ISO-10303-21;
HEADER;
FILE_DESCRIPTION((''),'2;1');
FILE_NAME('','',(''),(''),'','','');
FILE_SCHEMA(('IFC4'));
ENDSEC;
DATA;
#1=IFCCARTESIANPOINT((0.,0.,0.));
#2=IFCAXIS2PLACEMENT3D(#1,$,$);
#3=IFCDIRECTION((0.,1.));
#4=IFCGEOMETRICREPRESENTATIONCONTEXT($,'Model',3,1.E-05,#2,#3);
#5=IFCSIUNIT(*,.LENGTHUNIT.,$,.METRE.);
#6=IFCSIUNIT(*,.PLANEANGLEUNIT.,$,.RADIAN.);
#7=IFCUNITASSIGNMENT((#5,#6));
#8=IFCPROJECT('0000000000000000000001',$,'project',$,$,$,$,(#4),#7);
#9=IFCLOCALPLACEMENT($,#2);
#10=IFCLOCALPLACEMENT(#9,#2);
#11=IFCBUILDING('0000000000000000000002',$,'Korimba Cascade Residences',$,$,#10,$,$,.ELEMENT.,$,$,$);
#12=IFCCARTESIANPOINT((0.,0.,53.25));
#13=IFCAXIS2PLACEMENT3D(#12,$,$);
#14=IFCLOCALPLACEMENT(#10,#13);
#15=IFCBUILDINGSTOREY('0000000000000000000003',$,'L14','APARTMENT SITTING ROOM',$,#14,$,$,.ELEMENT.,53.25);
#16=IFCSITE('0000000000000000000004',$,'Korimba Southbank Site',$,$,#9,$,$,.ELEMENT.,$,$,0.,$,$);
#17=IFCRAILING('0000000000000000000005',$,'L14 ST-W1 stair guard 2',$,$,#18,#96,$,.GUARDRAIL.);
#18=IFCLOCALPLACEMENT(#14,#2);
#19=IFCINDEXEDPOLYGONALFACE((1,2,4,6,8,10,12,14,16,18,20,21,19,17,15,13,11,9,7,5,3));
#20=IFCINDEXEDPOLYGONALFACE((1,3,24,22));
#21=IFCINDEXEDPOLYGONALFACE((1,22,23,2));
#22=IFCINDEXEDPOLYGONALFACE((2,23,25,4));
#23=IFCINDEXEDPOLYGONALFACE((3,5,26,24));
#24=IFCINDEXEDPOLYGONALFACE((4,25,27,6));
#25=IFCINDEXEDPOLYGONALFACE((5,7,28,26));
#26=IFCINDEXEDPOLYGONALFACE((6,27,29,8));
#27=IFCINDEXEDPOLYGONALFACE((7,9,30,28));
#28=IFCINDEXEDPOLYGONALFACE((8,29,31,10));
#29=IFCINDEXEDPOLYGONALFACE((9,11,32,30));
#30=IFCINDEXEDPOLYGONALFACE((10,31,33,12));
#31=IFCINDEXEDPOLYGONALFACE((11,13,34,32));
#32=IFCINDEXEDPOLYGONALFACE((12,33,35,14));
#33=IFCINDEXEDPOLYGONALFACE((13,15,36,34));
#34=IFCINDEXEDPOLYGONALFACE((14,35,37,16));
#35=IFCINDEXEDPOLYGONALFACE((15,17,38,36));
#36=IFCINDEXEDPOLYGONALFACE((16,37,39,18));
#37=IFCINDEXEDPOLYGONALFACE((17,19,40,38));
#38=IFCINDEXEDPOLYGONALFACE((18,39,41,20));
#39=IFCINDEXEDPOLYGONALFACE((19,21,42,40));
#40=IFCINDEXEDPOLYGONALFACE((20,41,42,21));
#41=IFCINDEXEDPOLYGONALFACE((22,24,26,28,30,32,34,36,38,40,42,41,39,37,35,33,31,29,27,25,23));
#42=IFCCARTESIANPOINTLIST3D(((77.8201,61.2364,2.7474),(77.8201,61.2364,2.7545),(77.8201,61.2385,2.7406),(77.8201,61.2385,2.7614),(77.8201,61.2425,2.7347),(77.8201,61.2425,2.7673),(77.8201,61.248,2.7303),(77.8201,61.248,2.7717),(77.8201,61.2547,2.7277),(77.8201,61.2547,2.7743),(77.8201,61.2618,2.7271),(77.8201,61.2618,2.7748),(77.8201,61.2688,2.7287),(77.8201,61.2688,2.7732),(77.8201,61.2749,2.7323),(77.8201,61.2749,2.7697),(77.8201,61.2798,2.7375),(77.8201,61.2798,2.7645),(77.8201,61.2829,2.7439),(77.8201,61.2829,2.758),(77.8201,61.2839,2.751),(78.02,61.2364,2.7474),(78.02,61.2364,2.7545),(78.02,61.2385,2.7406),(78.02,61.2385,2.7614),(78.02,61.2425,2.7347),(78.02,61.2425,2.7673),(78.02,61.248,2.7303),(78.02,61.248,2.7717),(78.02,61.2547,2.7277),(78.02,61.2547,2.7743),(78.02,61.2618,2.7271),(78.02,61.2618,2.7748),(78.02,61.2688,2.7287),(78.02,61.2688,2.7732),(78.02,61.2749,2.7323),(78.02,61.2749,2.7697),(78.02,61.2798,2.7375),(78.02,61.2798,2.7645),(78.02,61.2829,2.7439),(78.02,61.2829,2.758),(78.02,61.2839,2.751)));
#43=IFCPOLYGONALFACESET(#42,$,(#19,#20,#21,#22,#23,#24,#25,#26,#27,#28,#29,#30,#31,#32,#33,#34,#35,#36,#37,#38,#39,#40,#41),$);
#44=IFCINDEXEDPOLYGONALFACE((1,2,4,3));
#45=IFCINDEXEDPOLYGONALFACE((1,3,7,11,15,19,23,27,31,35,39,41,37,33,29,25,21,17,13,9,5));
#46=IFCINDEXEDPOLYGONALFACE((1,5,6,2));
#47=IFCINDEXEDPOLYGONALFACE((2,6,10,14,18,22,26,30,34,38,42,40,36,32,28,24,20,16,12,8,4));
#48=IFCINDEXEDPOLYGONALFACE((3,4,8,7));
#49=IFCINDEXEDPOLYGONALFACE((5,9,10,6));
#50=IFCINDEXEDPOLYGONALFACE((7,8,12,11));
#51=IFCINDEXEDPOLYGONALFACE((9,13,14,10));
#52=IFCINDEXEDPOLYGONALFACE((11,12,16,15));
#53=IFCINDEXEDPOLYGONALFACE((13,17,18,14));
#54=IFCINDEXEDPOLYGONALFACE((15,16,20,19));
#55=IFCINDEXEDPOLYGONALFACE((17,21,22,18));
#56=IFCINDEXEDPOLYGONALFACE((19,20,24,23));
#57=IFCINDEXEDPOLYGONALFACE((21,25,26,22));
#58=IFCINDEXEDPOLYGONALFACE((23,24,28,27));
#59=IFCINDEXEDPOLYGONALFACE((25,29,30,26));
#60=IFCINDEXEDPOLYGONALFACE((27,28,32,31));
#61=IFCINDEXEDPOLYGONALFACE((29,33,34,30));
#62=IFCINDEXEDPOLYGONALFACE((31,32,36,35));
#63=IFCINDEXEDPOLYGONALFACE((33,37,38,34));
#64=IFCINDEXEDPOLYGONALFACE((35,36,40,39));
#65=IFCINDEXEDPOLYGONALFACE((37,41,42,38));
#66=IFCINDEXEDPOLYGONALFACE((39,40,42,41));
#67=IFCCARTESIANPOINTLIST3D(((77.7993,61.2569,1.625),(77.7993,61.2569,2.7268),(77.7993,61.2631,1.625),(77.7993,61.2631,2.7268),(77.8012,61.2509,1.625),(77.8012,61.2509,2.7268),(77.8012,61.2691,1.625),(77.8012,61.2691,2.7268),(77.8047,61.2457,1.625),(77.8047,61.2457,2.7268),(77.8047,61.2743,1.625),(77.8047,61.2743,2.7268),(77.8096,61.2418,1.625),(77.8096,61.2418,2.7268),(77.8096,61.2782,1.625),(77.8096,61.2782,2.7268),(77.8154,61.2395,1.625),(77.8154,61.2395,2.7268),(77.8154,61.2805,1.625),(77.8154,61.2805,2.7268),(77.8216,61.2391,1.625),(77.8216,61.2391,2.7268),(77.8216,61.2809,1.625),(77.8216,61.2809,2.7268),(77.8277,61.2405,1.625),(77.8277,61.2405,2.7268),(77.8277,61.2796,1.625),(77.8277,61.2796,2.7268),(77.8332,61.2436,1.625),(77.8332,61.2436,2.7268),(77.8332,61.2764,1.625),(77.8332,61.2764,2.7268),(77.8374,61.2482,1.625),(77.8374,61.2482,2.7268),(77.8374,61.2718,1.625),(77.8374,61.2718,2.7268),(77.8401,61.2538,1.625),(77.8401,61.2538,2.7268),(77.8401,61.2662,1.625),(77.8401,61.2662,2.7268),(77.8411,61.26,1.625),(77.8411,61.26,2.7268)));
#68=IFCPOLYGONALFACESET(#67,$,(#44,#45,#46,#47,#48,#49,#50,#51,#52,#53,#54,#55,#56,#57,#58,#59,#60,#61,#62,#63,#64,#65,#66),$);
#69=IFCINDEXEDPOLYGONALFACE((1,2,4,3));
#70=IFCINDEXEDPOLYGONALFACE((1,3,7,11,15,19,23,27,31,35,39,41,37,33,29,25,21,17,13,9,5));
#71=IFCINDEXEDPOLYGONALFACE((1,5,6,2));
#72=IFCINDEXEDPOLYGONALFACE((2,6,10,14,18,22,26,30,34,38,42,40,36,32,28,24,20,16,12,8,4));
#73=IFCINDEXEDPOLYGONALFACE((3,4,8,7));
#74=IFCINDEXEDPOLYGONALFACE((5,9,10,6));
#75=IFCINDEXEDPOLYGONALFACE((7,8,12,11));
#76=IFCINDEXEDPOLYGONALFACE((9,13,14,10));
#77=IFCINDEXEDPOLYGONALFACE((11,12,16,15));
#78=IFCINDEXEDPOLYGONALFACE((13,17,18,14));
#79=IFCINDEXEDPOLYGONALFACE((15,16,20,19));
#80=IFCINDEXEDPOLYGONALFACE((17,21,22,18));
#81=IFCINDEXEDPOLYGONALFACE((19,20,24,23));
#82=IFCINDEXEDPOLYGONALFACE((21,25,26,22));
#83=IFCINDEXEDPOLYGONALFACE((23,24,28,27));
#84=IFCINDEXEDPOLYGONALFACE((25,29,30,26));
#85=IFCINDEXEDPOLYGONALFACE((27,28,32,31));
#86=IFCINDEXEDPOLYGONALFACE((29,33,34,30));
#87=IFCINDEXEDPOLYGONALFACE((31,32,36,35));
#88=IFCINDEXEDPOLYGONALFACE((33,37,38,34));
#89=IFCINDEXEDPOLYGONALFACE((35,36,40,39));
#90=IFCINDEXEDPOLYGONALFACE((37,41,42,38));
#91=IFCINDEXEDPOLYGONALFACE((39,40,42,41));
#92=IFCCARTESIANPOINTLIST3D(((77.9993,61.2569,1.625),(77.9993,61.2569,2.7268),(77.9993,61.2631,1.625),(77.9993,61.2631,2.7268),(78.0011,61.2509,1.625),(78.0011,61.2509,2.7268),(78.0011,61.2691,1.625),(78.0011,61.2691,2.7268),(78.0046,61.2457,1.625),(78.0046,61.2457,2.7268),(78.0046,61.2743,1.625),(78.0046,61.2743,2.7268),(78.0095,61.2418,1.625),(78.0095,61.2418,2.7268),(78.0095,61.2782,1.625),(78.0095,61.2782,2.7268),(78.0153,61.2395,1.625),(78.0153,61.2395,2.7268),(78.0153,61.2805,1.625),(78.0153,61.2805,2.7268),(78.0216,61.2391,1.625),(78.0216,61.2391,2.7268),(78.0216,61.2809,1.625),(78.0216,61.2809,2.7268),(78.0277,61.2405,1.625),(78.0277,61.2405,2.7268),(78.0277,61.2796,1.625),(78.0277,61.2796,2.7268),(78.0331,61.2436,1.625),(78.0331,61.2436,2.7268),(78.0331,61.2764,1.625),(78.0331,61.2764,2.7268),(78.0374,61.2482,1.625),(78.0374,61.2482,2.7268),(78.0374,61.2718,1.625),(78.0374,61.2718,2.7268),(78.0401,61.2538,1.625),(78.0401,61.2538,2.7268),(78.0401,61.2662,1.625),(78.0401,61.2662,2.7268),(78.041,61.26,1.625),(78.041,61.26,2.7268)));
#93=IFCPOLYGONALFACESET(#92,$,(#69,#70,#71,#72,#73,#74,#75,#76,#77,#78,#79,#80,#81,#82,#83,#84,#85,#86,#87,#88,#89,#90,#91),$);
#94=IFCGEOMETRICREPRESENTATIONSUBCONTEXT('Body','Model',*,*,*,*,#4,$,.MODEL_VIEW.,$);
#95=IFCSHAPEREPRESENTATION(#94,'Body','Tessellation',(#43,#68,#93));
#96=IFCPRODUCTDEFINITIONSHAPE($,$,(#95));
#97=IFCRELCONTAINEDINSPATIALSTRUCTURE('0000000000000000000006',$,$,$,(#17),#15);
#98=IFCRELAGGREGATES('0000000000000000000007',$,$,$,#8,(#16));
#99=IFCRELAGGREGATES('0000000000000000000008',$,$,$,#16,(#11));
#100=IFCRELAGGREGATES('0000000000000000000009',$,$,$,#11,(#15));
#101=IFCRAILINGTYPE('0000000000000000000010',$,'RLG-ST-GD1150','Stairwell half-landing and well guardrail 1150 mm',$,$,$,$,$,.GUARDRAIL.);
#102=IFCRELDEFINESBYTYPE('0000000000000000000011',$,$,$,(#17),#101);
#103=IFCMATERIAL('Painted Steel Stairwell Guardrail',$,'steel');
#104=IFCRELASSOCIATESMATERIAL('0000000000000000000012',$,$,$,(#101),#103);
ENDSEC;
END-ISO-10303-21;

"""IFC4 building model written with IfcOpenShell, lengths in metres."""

from ifc_helpers import new_model, si_unit, direction, frame, origin, origin_2d, place, context, subcontext, project, spatial, circle, extrude, material, type_object, element, save


model = new_model("IFC4")

# Units and contexts
model_context = context("Model", 3, precision=1e-05, world=origin(), true_north=direction((0.0, 1.0)))
body_context = subcontext(model_context, "Body", "Model", "MODEL_VIEW")
ifc_project = project(units=[si_unit("LENGTHUNIT", "METRE"), si_unit("PLANEANGLEUNIT", "RADIAN")], contexts=[model_context])

# Site, building, storey
site_placement = place(None, origin())
site = spatial("IfcSite", under=ifc_project, at=site_placement, Name="Korimba Southbank Site", CompositionType="ELEMENT", RefElevation=0.0)
building_placement = place(site_placement, origin())
building = spatial("IfcBuilding", under=site, at=building_placement, Name="Korimba Cascade Residences", CompositionType="ELEMENT")
storey_placement = place(building_placement, frame((0.0, 0.0, 53.25)))
storey = spatial("IfcBuildingStorey", under=building, at=storey_placement, Name="L14", Description="APARTMENT SITTING ROOM", CompositionType="ELEMENT", Elevation=53.25)

# Railing
ifc_material_1 = material(Name="Painted Steel Stairwell Guardrail", Category="steel")
railing_type_1 = type_object("IfcRailingType", Name="RLG-ST-GD1150", Description="Stairwell half-landing and well guardrail 1150 mm", PredefinedType="GUARDRAIL", material=ifc_material_1)
railing_1_placement = place(storey_placement, frame((77.8201, 61.26, 1.625)))
element("IfcRailing", 1, at=railing_1_placement, inside=storey, type_object=railing_type_1, Name="L14 ST-W1 stair guard 2", PredefinedType="GUARDRAIL", context=body_context, shape_type="SweptSolid", body=[
    extrude(circle(Radius=0.0239, at=origin_2d()), frame((0.0, 0.0, 1.126), z_axis=(1.0, 0.0, 0.0), x_axis=(0.0, 1.0, 0.0)), (0.0, 0.0, 1.0), 0.2),
    extrude(circle(Radius=0.021, at=origin_2d()), origin(), (0.0, 0.0, 1.0), 1.1018),
    extrude(circle(Radius=0.021, at=origin_2d()), frame((0.2, 0.0, 0.0)), (0.0, 0.0, 1.0), 1.1018),
])

save(model, "model.ifc")
